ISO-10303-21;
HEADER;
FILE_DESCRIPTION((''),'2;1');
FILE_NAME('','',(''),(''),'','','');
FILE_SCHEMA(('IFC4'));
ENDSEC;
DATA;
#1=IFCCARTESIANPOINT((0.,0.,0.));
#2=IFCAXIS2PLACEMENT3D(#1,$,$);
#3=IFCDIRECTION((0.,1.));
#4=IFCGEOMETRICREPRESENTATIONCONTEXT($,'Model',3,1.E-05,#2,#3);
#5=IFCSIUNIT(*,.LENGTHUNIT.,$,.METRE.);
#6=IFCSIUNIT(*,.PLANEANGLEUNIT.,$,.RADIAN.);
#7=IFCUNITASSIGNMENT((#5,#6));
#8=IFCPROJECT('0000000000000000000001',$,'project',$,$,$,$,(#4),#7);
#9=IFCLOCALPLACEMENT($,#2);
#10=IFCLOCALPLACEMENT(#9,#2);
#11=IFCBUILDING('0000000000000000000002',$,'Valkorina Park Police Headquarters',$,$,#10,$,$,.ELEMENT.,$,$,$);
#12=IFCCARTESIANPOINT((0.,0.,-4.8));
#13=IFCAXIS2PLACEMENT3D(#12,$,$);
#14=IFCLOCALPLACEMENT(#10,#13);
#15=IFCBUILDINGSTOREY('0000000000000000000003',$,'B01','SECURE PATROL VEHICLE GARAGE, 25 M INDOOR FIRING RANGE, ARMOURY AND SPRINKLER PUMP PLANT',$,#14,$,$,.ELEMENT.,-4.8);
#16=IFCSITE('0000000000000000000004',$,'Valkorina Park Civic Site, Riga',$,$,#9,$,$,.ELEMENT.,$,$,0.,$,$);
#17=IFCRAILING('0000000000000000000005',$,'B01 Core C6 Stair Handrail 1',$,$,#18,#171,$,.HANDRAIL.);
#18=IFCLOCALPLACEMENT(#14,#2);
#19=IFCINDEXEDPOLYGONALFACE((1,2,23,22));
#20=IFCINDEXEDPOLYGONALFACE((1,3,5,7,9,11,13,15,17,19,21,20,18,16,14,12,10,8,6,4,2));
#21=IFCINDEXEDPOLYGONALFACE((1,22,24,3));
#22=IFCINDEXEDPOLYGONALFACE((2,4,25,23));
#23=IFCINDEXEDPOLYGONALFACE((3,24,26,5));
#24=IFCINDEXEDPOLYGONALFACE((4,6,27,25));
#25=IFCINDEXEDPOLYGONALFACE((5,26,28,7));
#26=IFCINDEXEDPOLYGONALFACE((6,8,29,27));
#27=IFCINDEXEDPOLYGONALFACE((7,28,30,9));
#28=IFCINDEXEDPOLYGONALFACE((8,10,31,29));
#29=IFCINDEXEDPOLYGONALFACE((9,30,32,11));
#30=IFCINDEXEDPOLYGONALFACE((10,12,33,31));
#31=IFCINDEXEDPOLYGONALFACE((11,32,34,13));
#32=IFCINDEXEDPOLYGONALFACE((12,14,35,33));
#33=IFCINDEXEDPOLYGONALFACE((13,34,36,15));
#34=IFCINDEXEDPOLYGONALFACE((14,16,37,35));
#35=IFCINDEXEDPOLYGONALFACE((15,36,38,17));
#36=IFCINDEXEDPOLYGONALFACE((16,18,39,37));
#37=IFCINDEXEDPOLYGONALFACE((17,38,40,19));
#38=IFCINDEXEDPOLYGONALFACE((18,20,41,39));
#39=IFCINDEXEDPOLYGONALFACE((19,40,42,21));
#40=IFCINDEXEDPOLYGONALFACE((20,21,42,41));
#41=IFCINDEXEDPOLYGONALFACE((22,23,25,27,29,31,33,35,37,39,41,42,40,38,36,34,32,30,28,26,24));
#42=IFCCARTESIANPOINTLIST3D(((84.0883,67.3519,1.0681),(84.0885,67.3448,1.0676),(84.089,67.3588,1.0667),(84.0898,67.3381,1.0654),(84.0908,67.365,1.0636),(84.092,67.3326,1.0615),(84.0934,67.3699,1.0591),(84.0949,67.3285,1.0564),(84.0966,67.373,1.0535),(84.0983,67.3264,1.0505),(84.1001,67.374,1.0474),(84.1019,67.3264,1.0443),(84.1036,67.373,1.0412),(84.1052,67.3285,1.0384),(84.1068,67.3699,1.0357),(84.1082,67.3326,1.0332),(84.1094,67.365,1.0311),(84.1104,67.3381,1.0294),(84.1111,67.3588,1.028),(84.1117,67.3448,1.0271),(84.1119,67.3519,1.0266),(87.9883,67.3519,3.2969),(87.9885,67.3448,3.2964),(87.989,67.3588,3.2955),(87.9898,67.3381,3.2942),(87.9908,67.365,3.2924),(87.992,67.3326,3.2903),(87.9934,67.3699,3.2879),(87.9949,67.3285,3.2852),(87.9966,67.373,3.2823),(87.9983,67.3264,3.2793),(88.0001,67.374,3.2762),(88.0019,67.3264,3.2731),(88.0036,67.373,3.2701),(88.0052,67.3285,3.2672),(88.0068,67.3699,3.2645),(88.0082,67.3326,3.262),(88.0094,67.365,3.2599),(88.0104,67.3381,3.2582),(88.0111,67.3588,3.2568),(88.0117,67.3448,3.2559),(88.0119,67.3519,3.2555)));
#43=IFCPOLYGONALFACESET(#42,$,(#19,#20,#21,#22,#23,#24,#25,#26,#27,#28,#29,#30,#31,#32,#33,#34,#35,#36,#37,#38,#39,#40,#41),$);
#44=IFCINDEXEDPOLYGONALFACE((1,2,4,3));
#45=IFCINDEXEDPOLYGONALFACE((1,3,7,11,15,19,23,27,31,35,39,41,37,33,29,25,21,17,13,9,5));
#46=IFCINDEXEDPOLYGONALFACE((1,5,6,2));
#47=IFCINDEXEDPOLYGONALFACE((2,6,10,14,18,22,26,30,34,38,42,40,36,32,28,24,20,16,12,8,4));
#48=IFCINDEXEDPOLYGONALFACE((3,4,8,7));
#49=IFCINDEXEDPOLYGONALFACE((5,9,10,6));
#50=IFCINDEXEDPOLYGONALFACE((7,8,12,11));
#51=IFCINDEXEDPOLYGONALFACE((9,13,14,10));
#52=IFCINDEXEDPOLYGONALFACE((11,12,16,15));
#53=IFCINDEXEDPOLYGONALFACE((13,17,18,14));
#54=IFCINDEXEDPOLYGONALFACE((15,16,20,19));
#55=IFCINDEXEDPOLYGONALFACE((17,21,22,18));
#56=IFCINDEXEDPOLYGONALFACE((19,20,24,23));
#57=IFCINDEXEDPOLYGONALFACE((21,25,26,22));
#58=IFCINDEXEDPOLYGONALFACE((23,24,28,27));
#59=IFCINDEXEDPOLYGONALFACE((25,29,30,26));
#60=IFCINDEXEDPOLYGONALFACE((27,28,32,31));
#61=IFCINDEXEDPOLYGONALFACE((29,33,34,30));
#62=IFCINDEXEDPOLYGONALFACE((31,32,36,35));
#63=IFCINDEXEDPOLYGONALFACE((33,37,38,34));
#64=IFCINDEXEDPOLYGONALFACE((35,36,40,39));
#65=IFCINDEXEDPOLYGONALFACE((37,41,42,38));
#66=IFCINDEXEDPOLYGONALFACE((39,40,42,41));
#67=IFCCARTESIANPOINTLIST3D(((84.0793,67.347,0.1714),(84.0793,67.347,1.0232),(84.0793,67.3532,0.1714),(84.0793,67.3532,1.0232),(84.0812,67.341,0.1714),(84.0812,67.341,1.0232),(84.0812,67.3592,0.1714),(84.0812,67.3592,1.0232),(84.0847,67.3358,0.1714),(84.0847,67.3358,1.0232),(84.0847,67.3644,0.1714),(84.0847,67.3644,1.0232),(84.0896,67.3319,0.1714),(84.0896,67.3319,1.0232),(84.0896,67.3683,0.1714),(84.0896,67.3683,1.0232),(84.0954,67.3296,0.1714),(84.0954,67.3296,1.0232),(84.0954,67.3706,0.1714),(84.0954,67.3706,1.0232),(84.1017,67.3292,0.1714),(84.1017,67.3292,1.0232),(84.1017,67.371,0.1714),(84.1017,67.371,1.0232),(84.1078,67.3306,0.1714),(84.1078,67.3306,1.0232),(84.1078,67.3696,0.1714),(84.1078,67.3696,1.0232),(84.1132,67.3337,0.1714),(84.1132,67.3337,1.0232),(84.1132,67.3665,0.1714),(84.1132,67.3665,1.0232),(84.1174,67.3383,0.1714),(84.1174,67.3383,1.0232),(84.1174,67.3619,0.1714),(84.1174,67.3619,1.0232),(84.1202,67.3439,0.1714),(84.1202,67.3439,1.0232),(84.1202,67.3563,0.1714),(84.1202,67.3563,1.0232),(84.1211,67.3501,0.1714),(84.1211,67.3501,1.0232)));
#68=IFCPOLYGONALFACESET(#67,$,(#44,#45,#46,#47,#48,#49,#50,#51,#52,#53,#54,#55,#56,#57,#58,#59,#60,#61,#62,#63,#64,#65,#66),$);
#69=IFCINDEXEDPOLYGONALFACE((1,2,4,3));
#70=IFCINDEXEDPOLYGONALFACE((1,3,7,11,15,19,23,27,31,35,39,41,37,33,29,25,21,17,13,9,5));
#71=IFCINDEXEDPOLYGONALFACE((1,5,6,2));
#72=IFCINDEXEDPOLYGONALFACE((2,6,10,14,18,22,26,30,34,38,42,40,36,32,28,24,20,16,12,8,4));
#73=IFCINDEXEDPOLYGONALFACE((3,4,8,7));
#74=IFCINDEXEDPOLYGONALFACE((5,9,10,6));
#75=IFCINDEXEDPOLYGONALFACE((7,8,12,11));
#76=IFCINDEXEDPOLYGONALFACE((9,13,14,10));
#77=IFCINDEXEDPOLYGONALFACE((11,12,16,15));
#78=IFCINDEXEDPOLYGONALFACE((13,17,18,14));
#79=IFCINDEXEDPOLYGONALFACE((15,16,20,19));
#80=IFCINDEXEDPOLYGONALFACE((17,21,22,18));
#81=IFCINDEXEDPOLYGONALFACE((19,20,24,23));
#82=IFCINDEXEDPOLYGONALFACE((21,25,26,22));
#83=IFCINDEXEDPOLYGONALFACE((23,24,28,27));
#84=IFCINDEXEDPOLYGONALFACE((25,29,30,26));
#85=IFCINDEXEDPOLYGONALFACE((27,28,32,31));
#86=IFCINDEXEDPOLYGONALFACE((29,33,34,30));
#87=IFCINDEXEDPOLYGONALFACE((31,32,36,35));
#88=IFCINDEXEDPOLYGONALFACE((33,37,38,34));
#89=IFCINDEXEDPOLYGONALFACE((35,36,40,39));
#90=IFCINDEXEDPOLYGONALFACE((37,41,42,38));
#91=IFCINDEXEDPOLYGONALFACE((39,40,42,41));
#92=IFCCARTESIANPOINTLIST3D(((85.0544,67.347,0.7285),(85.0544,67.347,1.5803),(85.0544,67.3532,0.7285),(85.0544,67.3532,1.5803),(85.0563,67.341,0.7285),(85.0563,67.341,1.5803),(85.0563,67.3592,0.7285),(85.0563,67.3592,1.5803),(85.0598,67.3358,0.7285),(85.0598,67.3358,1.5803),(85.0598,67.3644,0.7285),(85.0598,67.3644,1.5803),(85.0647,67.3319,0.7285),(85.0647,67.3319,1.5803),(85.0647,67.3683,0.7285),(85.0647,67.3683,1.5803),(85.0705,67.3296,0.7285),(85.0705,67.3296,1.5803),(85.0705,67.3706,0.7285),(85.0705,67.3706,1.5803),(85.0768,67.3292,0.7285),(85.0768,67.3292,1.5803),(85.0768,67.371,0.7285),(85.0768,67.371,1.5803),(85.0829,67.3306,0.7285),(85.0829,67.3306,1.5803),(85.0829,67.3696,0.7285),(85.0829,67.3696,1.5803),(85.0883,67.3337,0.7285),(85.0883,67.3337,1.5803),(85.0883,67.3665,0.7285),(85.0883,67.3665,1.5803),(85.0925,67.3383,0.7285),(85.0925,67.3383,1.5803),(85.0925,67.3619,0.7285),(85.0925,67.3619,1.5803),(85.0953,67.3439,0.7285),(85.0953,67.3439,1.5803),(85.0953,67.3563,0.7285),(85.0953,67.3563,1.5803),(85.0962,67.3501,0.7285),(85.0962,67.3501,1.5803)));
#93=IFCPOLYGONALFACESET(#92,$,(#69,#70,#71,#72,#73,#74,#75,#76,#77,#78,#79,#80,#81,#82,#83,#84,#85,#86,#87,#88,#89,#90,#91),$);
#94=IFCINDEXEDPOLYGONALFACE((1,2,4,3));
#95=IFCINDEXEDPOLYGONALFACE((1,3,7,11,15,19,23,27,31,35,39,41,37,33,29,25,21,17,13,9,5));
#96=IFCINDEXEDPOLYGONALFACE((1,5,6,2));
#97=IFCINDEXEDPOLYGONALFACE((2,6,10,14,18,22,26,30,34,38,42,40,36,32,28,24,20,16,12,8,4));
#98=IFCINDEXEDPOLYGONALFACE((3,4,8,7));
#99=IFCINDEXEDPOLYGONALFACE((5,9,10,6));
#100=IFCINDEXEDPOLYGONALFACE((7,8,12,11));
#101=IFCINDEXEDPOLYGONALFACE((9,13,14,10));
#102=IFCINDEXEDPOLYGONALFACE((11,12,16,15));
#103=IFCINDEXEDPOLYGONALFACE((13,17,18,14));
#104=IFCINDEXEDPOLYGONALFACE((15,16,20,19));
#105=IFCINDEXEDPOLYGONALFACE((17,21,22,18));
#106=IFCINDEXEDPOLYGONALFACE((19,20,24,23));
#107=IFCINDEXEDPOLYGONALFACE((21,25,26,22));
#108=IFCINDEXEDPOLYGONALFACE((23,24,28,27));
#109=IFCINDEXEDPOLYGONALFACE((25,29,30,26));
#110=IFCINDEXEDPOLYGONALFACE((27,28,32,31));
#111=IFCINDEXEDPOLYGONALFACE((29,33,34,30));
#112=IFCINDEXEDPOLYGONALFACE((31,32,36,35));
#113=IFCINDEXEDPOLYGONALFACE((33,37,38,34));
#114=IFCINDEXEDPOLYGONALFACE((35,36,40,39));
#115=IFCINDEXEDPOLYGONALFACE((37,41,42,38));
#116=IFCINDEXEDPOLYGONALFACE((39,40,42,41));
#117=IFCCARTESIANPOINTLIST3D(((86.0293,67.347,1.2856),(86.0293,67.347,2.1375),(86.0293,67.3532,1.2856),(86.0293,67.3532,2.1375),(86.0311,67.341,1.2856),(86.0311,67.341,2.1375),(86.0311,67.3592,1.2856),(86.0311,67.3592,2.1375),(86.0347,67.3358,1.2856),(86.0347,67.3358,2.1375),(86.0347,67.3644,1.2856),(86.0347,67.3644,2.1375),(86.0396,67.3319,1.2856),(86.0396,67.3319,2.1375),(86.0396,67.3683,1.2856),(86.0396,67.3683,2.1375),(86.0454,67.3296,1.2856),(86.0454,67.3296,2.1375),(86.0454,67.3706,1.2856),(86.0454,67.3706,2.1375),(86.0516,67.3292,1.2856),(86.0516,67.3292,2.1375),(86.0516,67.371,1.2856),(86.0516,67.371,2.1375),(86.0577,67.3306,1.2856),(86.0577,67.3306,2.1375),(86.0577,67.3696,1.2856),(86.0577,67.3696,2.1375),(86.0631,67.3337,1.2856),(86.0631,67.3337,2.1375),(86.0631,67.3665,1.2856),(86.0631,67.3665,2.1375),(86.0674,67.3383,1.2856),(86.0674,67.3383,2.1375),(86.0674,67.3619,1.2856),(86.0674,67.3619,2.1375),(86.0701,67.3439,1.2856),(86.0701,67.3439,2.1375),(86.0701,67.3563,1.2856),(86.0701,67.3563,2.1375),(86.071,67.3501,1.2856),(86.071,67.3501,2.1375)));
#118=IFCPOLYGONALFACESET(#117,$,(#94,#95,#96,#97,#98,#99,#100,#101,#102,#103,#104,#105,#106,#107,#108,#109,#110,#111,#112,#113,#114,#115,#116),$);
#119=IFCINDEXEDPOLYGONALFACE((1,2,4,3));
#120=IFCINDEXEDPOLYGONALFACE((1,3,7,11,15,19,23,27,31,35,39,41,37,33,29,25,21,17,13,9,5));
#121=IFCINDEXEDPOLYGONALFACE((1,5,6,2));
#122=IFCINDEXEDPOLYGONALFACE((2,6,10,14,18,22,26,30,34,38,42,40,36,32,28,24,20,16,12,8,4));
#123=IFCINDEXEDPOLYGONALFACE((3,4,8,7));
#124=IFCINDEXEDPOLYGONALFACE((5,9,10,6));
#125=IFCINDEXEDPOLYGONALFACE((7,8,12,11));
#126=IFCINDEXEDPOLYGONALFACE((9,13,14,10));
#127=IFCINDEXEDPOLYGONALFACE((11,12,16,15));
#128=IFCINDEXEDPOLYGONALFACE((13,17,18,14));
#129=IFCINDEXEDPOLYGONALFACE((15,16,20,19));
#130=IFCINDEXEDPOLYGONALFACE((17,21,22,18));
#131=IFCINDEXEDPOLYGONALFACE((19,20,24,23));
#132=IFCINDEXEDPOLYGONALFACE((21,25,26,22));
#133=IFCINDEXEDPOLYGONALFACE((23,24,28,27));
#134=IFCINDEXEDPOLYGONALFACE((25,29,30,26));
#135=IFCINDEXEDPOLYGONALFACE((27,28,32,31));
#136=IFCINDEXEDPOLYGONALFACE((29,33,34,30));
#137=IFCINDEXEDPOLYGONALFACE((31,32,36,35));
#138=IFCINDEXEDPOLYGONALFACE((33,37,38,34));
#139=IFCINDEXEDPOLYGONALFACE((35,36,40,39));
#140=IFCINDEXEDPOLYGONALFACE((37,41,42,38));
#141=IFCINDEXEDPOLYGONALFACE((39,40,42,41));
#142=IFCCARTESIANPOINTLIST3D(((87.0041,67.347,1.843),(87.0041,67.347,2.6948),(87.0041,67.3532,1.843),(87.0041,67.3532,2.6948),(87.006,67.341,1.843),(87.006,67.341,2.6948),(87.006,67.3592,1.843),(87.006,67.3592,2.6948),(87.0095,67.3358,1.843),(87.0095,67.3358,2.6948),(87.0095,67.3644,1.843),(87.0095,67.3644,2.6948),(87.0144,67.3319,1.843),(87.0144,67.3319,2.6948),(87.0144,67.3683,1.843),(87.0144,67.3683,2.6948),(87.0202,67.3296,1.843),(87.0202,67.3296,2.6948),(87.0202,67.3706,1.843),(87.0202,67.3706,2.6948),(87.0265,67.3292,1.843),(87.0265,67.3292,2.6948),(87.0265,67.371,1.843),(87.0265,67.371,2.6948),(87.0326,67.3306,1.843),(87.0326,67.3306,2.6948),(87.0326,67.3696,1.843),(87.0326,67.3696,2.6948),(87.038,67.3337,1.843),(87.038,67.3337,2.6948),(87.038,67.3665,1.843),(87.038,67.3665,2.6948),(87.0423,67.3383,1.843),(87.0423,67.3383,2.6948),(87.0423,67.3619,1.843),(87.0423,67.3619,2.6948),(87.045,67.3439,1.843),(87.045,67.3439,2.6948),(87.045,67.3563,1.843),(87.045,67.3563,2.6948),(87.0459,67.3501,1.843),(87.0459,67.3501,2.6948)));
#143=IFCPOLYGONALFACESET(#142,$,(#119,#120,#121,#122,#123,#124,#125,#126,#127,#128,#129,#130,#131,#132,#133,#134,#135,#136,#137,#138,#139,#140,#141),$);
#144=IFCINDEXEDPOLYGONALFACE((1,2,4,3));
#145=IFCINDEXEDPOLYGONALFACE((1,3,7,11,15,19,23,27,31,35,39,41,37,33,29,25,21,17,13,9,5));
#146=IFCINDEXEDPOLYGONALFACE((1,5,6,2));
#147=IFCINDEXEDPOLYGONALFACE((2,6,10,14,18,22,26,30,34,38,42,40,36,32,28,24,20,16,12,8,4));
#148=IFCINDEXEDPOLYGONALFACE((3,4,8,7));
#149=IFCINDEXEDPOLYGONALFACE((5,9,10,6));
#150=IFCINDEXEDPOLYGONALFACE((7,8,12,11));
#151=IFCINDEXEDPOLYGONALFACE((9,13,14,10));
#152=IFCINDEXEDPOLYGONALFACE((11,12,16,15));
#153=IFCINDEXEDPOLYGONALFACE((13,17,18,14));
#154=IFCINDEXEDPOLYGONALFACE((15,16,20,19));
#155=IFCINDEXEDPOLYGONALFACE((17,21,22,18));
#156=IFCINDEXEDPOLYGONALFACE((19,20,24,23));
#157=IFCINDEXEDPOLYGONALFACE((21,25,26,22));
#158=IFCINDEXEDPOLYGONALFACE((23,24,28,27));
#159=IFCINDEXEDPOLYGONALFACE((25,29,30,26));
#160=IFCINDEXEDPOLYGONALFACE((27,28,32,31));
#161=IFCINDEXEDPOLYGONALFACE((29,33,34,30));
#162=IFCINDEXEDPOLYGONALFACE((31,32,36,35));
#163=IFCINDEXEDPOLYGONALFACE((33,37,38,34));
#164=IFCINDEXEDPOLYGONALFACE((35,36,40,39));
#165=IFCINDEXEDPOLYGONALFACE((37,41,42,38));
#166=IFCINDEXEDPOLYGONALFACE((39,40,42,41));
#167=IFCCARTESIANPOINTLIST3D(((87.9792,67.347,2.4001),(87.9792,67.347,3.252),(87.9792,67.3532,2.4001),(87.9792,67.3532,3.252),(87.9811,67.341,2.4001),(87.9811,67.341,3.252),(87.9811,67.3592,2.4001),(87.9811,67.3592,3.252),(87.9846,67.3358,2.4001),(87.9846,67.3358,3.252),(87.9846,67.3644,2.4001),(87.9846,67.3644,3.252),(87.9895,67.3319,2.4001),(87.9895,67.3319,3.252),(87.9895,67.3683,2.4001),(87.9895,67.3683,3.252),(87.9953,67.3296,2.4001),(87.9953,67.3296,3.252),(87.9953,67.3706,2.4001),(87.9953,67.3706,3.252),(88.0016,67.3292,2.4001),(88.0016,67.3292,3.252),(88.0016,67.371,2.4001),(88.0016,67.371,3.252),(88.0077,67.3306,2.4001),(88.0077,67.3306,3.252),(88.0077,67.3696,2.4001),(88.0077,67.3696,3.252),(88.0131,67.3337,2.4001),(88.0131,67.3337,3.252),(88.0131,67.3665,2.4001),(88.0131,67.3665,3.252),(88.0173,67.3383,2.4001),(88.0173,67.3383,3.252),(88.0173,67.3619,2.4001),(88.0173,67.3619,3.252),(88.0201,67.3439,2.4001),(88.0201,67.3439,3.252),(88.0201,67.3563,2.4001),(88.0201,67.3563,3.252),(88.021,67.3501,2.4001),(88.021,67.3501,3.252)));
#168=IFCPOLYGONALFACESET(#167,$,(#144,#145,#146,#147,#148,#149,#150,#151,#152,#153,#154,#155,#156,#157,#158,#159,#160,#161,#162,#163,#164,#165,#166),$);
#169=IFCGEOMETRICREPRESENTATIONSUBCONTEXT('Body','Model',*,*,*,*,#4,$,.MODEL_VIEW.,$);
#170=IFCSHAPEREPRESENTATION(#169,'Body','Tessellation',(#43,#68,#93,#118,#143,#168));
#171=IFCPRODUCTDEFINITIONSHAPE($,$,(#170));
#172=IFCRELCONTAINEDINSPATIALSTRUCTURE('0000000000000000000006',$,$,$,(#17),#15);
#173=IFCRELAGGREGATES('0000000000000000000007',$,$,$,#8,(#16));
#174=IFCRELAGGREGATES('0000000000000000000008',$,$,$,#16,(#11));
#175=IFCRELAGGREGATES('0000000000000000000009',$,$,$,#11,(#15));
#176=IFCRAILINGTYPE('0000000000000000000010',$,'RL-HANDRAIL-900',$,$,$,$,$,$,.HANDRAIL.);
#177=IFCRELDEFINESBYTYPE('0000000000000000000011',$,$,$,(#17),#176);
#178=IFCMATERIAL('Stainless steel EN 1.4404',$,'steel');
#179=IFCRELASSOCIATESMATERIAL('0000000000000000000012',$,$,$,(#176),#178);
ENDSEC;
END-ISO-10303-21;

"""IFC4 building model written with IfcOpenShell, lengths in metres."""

from ifc_helpers import new_model, si_unit, direction, frame, origin, origin_2d, place, context, subcontext, project, spatial, circle, extrude, material, type_object, element, save


model = new_model("IFC4")

# Units and contexts
model_context = context("Model", 3, precision=1e-05, world=origin(), true_north=direction((0.0, 1.0)))
body_context = subcontext(model_context, "Body", "Model", "MODEL_VIEW")
ifc_project = project(units=[si_unit("LENGTHUNIT", "METRE"), si_unit("PLANEANGLEUNIT", "RADIAN")], contexts=[model_context])

# Site, building, storey
site_placement = place(None, origin())
site = spatial("IfcSite", under=ifc_project, at=site_placement, Name="Valkorina Park Civic Site, Riga", CompositionType="ELEMENT", RefElevation=0.0)
building_placement = place(site_placement, origin())
building = spatial("IfcBuilding", under=site, at=building_placement, Name="Valkorina Park Police Headquarters", CompositionType="ELEMENT")
storey_placement = place(building_placement, frame((0.0, 0.0, -4.8)))
storey = spatial("IfcBuildingStorey", under=building, at=storey_placement, Name="B01", Description="SECURE PATROL VEHICLE GARAGE, 25 M INDOOR FIRING RANGE, ARMOURY AND SPRINKLER PUMP PLANT", CompositionType="ELEMENT", Elevation=-4.8)

# Railing
ifc_material_1 = material(Name="Stainless steel EN 1.4404", Category="steel")
railing_type_1 = type_object("IfcRailingType", Name="RL-HANDRAIL-900", PredefinedType="HANDRAIL", material=ifc_material_1)
railing_1_placement = place(storey_placement, frame((84.1001, 67.3501, 0.1714)))
element("IfcRailing", 1, at=railing_1_placement, inside=storey, type_object=railing_type_1, Name="B01 Core C6 Stair Handrail 1", PredefinedType="HANDRAIL", context=body_context, shape_type="SweptSolid", body=[
    extrude(circle(Radius=0.0239, at=origin_2d()), frame((0.0, 0.0, 0.876), z_axis=(0.86822, 0.0, 0.49618), x_axis=(0.0, 1.0, 0.0)), (0.0, 0.0, 1.0), 4.4919),
    extrude(circle(Radius=0.021, at=origin_2d()), origin(), (0.0, 0.0, 1.0), 0.8518),
    extrude(circle(Radius=0.021, at=origin_2d()), frame((0.9751, 0.0, 0.5571)), (0.0, 0.0, 1.0), 0.8518),
    extrude(circle(Radius=0.021, at=origin_2d()), frame((1.95, 0.0, 1.1143)), (0.0, 0.0, 1.0), 0.8518),
    extrude(circle(Radius=0.021, at=origin_2d()), frame((2.9248, 0.0, 1.6716)), (0.0, 0.0, 1.0), 0.8518),
    extrude(circle(Radius=0.021, at=origin_2d()), frame((3.8999, 0.0, 2.2288)), (0.0, 0.0, 1.0), 0.8518),
])

save(model, "model.ifc")
